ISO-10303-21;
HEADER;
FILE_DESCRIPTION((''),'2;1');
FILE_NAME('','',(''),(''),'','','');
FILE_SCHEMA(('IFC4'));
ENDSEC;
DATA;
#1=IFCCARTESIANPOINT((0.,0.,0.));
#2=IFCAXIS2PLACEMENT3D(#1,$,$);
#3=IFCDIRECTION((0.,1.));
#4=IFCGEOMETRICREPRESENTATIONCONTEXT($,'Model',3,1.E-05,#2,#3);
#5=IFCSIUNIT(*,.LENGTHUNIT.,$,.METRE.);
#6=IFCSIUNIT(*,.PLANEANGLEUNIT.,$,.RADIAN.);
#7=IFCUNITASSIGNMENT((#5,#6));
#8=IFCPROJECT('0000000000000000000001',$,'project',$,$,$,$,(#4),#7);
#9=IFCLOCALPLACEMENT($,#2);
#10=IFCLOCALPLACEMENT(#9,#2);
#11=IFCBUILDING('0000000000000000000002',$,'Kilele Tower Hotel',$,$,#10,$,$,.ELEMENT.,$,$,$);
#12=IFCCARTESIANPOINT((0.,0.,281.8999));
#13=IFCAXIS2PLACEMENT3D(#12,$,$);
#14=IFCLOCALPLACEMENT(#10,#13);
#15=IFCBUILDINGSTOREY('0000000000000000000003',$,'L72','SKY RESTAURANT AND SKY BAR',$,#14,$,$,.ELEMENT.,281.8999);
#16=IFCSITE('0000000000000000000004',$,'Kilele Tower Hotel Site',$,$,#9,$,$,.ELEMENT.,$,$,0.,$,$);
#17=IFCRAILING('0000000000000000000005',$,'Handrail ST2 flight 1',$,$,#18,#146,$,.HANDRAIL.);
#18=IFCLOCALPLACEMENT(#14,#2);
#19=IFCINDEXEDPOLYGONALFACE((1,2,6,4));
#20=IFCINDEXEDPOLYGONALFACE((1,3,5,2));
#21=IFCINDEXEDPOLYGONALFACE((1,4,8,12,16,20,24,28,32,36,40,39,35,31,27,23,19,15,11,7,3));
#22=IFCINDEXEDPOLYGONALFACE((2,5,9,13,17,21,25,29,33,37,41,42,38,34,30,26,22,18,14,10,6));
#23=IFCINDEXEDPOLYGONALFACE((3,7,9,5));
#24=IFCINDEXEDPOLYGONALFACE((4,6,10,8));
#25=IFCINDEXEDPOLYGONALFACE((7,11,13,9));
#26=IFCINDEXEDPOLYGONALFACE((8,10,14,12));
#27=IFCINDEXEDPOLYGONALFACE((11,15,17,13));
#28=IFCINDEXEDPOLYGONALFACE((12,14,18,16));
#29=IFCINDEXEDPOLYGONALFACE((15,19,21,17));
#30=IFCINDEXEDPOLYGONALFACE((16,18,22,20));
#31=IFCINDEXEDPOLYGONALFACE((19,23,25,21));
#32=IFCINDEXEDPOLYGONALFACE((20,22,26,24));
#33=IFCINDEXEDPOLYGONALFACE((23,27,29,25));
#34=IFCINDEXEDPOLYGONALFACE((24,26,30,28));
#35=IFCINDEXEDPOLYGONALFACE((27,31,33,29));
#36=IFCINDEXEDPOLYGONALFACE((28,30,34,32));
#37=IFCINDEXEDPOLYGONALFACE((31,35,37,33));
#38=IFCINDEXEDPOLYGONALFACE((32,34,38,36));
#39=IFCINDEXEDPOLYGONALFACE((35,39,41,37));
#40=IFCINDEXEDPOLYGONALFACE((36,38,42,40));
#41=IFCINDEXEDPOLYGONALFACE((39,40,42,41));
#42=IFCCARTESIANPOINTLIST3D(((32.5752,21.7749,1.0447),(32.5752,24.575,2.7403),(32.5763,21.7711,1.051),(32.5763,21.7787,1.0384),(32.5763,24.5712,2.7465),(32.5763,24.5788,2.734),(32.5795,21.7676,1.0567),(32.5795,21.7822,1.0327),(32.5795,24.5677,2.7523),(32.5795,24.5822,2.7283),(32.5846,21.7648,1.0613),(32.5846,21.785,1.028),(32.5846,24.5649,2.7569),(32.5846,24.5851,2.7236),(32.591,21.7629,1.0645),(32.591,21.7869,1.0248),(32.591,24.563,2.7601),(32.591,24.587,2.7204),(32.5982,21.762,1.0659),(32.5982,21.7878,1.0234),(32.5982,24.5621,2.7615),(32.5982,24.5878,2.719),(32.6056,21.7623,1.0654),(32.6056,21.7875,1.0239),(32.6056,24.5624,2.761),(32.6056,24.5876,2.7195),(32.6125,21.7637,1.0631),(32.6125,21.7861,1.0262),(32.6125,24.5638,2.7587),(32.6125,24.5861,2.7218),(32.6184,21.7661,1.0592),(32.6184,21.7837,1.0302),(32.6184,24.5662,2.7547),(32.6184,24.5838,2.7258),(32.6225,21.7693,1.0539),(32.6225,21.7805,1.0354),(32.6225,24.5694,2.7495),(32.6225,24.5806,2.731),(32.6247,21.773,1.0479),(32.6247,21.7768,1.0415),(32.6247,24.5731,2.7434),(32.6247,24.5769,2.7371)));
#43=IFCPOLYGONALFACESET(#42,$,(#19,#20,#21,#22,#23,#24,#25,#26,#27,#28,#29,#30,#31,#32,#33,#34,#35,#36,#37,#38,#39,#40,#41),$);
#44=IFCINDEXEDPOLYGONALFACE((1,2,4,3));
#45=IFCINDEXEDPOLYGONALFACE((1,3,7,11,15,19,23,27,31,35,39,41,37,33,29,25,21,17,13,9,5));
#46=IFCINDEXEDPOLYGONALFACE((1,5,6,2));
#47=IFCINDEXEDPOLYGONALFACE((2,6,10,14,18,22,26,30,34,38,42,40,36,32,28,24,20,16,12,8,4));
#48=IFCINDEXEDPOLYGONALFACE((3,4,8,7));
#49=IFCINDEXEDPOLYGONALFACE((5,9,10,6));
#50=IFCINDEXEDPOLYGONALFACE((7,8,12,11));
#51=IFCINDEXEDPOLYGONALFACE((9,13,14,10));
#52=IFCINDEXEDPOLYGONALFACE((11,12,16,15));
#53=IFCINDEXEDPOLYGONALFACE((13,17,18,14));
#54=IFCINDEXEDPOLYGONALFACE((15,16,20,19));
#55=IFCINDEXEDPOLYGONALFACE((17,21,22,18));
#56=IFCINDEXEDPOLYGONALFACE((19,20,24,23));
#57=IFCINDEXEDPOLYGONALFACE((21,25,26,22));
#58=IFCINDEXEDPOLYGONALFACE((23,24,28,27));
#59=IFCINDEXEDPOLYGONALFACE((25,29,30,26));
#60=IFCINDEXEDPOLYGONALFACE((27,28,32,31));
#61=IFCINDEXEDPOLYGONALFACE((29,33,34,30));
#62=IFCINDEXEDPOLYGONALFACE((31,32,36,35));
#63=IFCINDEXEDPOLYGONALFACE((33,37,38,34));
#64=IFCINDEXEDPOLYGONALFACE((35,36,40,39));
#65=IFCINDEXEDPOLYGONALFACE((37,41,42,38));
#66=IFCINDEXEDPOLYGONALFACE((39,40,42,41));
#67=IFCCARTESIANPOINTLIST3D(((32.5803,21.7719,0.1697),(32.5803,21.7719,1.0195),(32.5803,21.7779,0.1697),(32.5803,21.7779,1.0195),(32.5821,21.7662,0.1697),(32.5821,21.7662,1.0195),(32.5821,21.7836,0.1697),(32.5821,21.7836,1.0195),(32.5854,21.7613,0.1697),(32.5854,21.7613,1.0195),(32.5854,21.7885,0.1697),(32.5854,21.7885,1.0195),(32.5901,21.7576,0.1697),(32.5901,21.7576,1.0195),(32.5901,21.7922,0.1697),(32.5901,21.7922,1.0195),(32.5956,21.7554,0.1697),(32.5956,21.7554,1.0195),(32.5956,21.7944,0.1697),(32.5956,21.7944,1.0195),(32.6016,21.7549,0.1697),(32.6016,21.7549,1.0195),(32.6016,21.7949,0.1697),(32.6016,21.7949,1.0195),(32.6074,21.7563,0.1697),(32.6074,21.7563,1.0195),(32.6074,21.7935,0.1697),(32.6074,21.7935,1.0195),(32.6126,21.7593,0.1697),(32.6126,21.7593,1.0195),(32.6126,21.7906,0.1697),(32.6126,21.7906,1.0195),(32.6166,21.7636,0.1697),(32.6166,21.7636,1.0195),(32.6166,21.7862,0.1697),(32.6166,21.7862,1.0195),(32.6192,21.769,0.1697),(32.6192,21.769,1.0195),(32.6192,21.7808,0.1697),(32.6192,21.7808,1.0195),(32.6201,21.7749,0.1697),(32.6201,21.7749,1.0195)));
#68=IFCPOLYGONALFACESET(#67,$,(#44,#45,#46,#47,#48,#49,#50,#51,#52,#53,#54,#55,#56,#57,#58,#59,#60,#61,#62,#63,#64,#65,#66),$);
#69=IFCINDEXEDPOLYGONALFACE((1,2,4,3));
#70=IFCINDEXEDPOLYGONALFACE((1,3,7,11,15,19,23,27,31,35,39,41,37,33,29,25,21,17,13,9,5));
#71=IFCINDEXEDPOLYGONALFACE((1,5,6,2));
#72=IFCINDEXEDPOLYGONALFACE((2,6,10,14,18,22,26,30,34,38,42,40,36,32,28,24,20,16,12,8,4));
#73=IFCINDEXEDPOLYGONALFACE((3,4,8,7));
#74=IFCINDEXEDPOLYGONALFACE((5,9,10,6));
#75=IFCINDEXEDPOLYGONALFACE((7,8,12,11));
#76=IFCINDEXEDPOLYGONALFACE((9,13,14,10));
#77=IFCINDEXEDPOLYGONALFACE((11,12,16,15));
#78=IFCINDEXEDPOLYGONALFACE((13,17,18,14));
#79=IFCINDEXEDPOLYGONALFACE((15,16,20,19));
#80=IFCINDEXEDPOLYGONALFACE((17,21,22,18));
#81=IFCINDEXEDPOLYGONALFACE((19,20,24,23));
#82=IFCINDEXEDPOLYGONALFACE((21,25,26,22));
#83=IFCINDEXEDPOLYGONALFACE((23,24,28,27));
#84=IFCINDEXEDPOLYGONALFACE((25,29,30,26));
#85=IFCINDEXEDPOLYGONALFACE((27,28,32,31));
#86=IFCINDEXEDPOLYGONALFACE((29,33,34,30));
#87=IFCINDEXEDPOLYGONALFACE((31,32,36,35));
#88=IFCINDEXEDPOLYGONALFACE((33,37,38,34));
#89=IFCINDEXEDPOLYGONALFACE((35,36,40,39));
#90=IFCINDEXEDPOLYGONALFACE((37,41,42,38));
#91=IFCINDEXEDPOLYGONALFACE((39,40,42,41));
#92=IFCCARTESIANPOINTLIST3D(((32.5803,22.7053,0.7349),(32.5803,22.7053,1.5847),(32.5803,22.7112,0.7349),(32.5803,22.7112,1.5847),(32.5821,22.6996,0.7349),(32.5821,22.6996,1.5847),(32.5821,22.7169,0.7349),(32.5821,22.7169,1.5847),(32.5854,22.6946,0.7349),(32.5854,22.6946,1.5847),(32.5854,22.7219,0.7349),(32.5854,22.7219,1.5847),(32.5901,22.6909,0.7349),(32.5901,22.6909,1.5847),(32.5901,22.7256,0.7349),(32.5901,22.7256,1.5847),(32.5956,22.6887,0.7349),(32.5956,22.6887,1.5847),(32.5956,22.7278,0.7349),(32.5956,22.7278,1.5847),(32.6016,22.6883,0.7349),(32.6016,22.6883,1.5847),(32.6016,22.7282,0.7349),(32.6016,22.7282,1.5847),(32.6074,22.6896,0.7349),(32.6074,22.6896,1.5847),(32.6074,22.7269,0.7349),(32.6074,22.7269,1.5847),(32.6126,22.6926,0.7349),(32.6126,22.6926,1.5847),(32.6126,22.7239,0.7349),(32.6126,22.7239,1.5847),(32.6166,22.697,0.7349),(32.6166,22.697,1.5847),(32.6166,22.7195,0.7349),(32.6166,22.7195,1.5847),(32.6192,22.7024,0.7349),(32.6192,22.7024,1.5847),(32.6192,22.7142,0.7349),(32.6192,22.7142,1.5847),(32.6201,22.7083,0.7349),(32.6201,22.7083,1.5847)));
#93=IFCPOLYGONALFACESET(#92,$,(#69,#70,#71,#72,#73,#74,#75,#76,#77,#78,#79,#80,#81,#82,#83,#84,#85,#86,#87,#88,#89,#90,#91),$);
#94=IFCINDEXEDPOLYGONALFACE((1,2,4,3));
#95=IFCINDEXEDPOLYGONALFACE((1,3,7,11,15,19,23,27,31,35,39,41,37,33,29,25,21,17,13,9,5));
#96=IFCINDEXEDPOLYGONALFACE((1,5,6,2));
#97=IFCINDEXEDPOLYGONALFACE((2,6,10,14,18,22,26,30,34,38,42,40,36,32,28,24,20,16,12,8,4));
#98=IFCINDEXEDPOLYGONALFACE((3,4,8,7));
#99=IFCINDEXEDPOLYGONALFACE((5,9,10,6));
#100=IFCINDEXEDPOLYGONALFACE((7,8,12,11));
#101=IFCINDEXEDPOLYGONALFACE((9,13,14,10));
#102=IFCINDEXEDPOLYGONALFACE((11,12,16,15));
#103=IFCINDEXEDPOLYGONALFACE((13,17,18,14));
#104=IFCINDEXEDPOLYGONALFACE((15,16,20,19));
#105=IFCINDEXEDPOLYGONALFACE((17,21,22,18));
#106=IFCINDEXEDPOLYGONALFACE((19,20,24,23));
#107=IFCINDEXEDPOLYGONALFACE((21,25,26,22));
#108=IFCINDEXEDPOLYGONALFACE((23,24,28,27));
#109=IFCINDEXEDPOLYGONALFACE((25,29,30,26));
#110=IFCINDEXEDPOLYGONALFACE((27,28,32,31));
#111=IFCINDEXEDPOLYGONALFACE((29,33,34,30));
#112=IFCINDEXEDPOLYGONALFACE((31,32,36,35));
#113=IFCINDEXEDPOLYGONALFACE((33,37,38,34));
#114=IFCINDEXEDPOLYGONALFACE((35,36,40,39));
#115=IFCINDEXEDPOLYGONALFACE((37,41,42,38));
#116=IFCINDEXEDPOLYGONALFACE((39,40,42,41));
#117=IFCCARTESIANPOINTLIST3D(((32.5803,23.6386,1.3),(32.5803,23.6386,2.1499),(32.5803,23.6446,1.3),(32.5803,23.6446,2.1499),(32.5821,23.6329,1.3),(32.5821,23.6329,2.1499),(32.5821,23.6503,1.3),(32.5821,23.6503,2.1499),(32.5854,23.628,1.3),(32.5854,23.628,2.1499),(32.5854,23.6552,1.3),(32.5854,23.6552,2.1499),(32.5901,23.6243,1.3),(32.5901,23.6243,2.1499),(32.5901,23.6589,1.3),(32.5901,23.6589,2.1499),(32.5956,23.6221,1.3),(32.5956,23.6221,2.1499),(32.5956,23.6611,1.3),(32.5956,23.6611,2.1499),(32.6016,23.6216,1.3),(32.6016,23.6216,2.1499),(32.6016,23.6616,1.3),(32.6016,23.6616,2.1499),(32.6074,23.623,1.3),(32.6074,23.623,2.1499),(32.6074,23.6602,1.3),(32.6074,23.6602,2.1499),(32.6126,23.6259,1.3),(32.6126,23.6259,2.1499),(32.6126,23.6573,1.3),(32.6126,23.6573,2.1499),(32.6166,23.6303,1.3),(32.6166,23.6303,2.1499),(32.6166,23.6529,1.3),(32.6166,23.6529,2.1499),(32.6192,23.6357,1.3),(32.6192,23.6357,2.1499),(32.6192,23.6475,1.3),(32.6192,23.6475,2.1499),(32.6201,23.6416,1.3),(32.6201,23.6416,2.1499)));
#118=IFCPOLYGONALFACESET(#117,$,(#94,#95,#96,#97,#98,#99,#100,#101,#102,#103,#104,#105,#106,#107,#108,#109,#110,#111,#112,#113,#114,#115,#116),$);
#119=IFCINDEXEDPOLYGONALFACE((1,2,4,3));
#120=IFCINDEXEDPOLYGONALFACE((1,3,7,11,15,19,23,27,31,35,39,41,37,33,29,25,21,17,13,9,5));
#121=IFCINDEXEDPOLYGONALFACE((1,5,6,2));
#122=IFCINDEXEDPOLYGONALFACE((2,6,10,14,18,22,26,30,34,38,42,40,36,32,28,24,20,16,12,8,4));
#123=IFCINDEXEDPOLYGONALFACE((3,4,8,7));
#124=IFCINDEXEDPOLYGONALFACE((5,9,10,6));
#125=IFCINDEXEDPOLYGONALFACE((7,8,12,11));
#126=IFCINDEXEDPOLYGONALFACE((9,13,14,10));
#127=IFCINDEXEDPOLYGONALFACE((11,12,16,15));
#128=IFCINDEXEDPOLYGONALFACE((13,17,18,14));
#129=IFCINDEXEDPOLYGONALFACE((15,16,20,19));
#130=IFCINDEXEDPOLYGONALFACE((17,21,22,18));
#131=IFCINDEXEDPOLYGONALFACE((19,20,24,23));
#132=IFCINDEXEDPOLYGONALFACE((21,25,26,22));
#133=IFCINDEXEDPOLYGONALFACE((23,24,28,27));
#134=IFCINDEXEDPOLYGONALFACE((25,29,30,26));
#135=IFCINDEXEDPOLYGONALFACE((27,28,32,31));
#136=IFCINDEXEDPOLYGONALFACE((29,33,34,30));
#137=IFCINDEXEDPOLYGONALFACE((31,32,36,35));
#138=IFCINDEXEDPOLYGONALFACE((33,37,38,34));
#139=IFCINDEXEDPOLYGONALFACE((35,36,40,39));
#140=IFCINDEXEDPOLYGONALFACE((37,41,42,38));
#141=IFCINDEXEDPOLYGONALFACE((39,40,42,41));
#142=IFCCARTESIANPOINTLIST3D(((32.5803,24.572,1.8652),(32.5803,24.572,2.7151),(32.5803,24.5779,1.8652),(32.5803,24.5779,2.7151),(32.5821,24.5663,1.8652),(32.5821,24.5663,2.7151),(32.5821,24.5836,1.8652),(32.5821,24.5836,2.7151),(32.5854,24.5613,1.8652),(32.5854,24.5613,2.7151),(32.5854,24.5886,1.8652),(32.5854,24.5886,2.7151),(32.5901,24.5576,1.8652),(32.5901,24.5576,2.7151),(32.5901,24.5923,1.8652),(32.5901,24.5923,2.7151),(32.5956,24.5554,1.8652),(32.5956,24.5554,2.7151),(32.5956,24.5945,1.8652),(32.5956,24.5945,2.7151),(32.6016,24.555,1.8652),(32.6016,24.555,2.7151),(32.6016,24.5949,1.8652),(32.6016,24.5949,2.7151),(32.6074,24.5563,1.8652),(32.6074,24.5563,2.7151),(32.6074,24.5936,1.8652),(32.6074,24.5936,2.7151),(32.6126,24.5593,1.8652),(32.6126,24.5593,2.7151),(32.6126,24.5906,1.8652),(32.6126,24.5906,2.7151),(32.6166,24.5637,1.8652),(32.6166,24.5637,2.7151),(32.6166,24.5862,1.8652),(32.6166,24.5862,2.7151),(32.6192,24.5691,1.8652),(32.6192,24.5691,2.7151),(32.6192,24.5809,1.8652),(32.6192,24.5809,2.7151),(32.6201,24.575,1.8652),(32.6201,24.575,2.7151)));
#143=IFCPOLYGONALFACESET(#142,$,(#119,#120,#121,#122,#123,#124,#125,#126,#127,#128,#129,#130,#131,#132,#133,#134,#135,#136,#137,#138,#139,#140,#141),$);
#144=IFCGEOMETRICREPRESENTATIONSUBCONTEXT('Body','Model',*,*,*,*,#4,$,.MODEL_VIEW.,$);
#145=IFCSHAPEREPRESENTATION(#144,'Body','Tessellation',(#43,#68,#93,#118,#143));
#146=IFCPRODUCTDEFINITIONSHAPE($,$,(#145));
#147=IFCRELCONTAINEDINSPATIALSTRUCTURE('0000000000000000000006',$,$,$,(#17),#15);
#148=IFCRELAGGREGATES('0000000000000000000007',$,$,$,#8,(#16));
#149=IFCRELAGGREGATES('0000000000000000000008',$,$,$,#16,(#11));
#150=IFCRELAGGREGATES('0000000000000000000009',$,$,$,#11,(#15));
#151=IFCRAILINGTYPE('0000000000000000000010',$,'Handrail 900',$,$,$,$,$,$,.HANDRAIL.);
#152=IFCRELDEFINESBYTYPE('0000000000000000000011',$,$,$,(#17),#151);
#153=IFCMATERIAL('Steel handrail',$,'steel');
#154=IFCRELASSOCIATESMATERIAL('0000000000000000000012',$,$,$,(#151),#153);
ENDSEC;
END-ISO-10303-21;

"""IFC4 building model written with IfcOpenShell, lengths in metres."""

from ifc_helpers import new_model, si_unit, direction, frame, origin, origin_2d, place, context, subcontext, project, spatial, circle, extrude, material, type_object, element, save


model = new_model("IFC4")

# Units and contexts
model_context = context("Model", 3, precision=1e-05, world=origin(), true_north=direction((0.0, 1.0)))
body_context = subcontext(model_context, "Body", "Model", "MODEL_VIEW")
ifc_project = project(units=[si_unit("LENGTHUNIT", "METRE"), si_unit("PLANEANGLEUNIT", "RADIAN")], contexts=[model_context])

# Site, building, storey
site_placement = place(None, origin())
site = spatial("IfcSite", under=ifc_project, at=site_placement, Name="Kilele Tower Hotel Site", CompositionType="ELEMENT", RefElevation=0.0)
building_placement = place(site_placement, origin())
building = spatial("IfcBuilding", under=site, at=building_placement, Name="Kilele Tower Hotel", CompositionType="ELEMENT")
storey_placement = place(building_placement, frame((0.0, 0.0, 281.8999)))
storey = spatial("IfcBuildingStorey", under=building, at=storey_placement, Name="L72", Description="SKY RESTAURANT AND SKY BAR", CompositionType="ELEMENT", Elevation=281.8999)

# Railing
ifc_material_1 = material(Name="Steel handrail", Category="steel")
railing_type_1 = type_object("IfcRailingType", Name="Handrail 900", PredefinedType="HANDRAIL", material=ifc_material_1)
railing_1_placement = place(storey_placement, frame((32.6001, 21.7749, 0.1697)))
element("IfcRailing", 1, at=railing_1_placement, inside=storey, type_object=railing_type_1, Name="Handrail ST2 flight 1", PredefinedType="HANDRAIL", context=body_context, shape_type="SweptSolid", body=[
    extrude(circle(Radius=0.0249, at=origin_2d()), frame((0.0, 0.0, 0.875), z_axis=(0.0, 0.855393, 0.517979), x_axis=(-1.0, 0.0, 0.0)), (0.0, 0.0, 1.0), 3.2734),
    extrude(circle(Radius=0.02, at=origin_2d()), origin(), (0.0, 0.0, 1.0), 0.8499),
    extrude(circle(Radius=0.02, at=origin_2d()), frame((0.0, 0.9333, 0.5652)), (0.0, 0.0, 1.0), 0.8499),
    extrude(circle(Radius=0.02, at=origin_2d()), frame((0.0, 1.8667, 1.1304)), (0.0, 0.0, 1.0), 0.8499),
    extrude(circle(Radius=0.02, at=origin_2d()), frame((0.0, 2.8, 1.6956)), (0.0, 0.0, 1.0), 0.8499),
])

save(model, "model.ifc")
